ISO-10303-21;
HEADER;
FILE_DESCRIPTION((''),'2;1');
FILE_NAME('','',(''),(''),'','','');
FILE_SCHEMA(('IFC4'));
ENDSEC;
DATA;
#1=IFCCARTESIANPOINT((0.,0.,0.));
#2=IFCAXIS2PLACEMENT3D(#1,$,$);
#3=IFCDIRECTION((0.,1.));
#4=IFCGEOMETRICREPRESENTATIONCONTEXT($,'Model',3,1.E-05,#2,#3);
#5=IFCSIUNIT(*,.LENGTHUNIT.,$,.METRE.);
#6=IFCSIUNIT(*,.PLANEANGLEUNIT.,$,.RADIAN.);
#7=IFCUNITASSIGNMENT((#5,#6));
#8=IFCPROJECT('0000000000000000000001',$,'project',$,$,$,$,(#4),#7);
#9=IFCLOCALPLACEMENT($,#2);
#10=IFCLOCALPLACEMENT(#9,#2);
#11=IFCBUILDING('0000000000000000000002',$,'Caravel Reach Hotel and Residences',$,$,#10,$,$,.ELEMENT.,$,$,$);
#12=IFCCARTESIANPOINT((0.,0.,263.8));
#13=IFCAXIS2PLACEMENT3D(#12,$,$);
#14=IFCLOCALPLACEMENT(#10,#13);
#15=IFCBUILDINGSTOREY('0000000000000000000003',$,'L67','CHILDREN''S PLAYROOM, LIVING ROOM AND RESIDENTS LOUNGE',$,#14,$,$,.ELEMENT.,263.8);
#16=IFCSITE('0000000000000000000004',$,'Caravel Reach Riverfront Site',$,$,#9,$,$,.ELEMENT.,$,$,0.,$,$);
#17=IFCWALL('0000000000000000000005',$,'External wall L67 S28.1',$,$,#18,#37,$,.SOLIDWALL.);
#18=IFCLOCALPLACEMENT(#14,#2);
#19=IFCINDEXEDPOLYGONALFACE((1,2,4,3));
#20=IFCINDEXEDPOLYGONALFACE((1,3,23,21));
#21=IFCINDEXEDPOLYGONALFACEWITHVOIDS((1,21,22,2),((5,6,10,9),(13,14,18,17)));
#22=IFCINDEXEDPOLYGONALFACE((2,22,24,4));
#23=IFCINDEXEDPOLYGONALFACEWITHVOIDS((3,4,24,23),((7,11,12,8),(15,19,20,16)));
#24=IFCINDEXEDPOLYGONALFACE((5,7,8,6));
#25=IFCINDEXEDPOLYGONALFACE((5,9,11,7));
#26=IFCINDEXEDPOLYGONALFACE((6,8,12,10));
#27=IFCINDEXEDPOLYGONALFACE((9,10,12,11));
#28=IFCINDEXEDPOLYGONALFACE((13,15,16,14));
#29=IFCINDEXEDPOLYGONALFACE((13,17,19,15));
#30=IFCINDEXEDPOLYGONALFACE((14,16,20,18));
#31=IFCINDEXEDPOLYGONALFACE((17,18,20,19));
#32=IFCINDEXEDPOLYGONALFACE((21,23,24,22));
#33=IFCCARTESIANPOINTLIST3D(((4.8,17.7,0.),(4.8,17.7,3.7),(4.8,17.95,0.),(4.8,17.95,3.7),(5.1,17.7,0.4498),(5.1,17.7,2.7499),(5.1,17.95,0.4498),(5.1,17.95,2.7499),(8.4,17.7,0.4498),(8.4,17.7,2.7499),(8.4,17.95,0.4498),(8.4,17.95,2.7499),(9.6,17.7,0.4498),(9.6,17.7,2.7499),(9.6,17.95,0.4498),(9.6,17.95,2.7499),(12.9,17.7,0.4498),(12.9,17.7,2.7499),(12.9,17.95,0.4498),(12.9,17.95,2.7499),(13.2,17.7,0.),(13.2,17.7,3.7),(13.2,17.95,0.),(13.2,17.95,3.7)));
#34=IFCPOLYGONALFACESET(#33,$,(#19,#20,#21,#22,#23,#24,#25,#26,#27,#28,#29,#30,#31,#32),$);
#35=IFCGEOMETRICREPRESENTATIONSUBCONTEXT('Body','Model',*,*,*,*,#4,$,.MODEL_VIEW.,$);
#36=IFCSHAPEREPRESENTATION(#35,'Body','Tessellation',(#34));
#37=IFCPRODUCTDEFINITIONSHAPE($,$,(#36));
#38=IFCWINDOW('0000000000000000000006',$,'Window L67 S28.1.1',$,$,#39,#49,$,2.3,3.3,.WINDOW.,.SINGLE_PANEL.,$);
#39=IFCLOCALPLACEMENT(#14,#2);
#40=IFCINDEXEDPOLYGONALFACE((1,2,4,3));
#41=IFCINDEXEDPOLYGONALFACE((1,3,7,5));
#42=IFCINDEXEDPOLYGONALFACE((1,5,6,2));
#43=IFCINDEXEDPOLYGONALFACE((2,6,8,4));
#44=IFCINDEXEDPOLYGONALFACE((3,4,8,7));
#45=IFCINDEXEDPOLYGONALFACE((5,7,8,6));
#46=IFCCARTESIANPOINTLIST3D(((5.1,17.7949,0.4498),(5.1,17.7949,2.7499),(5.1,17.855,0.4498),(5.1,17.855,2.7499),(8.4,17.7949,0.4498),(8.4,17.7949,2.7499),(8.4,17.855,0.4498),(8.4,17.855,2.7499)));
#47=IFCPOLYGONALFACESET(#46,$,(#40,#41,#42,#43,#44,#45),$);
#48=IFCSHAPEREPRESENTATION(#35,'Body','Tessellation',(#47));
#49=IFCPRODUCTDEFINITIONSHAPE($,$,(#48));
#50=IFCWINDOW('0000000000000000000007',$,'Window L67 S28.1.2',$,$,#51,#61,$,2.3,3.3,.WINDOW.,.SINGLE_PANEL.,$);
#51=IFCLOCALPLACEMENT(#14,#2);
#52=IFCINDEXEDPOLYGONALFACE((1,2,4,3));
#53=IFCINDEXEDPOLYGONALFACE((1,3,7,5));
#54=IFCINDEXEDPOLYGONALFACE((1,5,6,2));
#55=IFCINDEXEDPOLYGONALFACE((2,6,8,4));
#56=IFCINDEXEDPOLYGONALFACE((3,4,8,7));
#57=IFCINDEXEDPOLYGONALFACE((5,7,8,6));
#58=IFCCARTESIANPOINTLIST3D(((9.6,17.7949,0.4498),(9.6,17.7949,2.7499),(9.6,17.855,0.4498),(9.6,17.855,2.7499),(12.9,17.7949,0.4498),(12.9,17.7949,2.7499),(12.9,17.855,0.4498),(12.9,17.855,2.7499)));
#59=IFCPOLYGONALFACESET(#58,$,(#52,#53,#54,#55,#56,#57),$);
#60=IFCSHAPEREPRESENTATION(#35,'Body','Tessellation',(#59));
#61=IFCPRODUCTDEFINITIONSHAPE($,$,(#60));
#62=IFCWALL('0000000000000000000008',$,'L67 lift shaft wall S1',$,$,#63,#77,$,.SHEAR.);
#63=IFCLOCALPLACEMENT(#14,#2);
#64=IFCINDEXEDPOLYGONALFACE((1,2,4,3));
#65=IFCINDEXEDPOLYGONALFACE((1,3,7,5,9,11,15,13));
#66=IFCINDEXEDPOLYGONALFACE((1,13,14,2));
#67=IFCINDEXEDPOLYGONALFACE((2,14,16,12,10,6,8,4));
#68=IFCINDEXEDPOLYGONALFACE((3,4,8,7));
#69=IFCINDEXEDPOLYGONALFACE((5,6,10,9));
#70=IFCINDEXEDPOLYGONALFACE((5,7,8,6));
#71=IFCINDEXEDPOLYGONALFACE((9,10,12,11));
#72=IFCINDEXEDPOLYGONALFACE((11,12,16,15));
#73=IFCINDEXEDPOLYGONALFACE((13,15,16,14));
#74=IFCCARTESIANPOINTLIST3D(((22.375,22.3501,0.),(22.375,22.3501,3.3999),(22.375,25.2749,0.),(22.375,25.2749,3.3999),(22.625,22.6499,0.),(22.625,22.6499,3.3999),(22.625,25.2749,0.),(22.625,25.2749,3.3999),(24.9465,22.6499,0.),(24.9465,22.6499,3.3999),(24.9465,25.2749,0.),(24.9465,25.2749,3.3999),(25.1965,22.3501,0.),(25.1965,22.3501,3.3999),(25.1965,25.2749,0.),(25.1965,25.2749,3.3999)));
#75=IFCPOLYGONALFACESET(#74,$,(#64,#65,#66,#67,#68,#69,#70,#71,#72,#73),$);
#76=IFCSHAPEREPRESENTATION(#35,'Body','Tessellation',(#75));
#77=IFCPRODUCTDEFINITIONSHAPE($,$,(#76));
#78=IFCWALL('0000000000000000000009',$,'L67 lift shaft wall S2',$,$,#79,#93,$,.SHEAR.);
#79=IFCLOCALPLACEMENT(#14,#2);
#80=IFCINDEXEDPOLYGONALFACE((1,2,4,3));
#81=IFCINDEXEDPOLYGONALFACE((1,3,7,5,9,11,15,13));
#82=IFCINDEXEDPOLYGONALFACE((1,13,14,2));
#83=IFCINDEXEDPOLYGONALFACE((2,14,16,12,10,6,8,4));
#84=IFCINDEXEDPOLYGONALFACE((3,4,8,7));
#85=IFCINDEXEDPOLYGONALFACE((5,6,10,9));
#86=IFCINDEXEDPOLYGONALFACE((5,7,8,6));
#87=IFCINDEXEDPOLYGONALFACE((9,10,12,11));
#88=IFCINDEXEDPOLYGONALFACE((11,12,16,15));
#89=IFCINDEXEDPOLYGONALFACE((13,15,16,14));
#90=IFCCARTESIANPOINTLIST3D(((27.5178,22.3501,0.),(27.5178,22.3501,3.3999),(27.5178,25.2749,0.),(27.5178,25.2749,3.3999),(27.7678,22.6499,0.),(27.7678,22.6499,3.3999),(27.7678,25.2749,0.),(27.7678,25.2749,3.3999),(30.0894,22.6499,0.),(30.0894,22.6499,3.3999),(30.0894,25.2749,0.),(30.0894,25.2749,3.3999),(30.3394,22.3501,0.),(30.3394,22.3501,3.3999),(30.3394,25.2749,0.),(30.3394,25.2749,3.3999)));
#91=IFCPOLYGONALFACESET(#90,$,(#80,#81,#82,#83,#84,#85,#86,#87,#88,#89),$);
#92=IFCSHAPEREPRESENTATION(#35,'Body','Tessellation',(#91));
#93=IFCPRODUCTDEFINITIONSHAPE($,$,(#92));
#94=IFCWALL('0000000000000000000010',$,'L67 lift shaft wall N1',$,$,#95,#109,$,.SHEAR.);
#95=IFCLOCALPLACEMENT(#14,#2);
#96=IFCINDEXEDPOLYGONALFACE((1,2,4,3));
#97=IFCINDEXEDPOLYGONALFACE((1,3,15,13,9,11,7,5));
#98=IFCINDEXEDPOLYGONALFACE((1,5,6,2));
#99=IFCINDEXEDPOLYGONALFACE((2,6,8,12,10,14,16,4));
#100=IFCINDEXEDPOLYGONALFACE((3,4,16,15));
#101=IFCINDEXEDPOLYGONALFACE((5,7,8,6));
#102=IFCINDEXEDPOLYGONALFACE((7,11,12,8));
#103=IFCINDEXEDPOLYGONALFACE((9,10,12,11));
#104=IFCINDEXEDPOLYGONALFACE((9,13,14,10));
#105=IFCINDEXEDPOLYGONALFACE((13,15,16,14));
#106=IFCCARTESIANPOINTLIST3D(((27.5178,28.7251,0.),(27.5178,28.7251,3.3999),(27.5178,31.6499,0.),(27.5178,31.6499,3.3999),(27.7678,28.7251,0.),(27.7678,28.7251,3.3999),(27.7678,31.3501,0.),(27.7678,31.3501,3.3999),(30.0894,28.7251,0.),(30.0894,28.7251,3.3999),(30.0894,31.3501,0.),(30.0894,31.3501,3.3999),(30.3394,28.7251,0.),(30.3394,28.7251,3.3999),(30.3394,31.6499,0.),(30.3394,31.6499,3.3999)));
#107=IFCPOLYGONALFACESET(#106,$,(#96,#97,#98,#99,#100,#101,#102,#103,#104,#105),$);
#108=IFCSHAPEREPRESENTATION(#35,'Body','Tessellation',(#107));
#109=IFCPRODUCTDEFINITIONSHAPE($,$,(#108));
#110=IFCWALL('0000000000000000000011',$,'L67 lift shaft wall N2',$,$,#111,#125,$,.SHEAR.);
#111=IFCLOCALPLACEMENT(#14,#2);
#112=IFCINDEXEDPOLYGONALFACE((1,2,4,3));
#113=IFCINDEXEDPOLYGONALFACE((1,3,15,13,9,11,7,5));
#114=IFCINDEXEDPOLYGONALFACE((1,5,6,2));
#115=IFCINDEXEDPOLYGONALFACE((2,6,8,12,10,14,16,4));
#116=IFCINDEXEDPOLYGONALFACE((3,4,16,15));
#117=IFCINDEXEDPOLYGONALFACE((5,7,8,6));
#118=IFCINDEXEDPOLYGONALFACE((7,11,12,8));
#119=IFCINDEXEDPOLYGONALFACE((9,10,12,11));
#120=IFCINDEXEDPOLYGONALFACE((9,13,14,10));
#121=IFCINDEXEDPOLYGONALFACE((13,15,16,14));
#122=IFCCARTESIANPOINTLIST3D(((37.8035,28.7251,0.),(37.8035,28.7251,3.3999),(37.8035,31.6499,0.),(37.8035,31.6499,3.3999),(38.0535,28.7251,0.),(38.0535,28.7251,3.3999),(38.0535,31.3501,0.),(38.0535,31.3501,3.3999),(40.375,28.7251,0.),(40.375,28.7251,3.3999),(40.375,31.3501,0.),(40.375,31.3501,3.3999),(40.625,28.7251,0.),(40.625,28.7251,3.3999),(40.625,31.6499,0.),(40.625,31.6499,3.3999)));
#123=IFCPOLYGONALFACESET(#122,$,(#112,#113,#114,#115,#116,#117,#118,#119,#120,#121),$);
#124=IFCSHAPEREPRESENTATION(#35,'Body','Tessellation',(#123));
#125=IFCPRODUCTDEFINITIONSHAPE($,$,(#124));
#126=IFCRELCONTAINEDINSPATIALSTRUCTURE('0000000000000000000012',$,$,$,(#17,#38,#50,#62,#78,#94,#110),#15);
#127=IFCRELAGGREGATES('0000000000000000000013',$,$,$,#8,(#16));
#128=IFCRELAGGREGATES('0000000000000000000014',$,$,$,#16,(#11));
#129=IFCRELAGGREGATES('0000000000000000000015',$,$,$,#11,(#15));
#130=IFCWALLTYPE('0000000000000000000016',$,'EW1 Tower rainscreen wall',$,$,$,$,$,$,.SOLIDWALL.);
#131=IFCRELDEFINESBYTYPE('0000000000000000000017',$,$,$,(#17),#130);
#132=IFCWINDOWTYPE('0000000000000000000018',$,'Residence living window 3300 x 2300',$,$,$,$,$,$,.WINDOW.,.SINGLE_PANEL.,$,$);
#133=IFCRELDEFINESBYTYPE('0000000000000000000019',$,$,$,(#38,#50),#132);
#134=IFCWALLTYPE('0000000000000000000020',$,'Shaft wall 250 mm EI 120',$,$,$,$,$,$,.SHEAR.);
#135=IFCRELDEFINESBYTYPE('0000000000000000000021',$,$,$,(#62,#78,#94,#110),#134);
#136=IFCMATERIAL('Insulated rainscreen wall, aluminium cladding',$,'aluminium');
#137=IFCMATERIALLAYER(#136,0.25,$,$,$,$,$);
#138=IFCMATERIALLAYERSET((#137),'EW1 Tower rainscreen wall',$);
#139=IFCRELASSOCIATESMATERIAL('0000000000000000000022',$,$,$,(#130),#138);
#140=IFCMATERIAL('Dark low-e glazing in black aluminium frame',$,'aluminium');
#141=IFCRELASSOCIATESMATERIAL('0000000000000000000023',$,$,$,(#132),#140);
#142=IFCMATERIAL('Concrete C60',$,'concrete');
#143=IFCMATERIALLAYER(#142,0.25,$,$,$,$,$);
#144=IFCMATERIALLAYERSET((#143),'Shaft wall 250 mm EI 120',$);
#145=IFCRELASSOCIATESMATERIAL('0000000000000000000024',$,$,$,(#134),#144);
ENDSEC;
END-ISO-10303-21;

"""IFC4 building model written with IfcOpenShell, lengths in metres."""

from ifc_helpers import new_model, si_unit, direction, frame, frame_2d, origin, place, context, subcontext, project, spatial, polyline, rectangle, outline, extrude, material, layer, layer_set, type_object, element, fill, save


model = new_model("IFC4")

# Units and contexts
model_context = context("Model", 3, precision=1e-05, world=origin(), true_north=direction((0.0, 1.0)))
body_context = subcontext(model_context, "Body", "Model", "MODEL_VIEW")
ifc_project = project(units=[si_unit("LENGTHUNIT", "METRE"), si_unit("PLANEANGLEUNIT", "RADIAN")], contexts=[model_context])

# Site, building, storey
site_placement = place(None, origin())
site = spatial("IfcSite", under=ifc_project, at=site_placement, Name="Caravel Reach Riverfront Site", CompositionType="ELEMENT", RefElevation=0.0)
building_placement = place(site_placement, origin())
building = spatial("IfcBuilding", under=site, at=building_placement, Name="Caravel Reach Hotel and Residences", CompositionType="ELEMENT")
storey_placement = place(building_placement, frame((0.0, 0.0, 263.8)))
storey = spatial("IfcBuildingStorey", under=building, at=storey_placement, Name="L67", Description="CHILDREN'S PLAYROOM, LIVING ROOM AND RESIDENTS LOUNGE", CompositionType="ELEMENT", Elevation=263.8)

# Wall, openings, windows
ifc_material_1 = material(Name="Insulated rainscreen wall, aluminium cladding", Category="aluminium")
ifc_layer_1 = layer(ifc_material_1, 0.25)
ifc_layer_set_1 = layer_set([ifc_layer_1], Name="EW1 Tower rainscreen wall")
wall_type_1 = type_object("IfcWallType", Name="EW1 Tower rainscreen wall", PredefinedType="SOLIDWALL", material=ifc_layer_set_1)
wall_1_placement = place(storey_placement, frame((4.8, 17.825, 0.0), z_axis=(0.0, 0.0, 1.0), x_axis=(1.0, 0.0, 0.0)))
wall_1 = element("IfcWall", 1, at=wall_1_placement, inside=storey, type_object=wall_type_1, Name="External wall L67 S28.1", PredefinedType="SOLIDWALL", context=body_context, shape_type="SweptSolid", body=[
    extrude(rectangle(XDim=8.3999, YDim=0.25, at=frame_2d((4.2, 0.0))), origin(), (0.0, 0.0, 1.0), 3.7),
])
opening_1_placement = place(wall_1_placement, frame((0.3, 0.0, 0.45)))
opening_1 = element("IfcOpeningElement", 2, at=opening_1_placement, cuts=wall_1, PredefinedType="OPENING", context=body_context, shape_type="SweptSolid", body=[
    extrude(rectangle(XDim=3.3, YDim=2.3, at=frame_2d((1.6499, 1.1499))), frame((0.0, 0.135, 0.0), z_axis=(0.0, -1.0, 0.0), x_axis=(1.0, 0.0, 0.0)), (0.0, 0.0, 1.0), 0.27),
])
opening_2_placement = place(wall_1_placement, frame((4.8, 0.0, 0.45)))
opening_2 = element("IfcOpeningElement", 3, at=opening_2_placement, cuts=wall_1, PredefinedType="OPENING", context=body_context, shape_type="SweptSolid", body=[
    extrude(rectangle(XDim=3.3, YDim=2.3, at=frame_2d((1.6499, 1.1499))), frame((0.0, 0.135, 0.0), z_axis=(0.0, -1.0, 0.0), x_axis=(1.0, 0.0, 0.0)), (0.0, 0.0, 1.0), 0.27),
])
ifc_material_2 = material(Name="Dark low-e glazing in black aluminium frame", Category="aluminium")
window_type = type_object("IfcWindowType", Name="Residence living window 3300 x 2300", PartitioningType="SINGLE_PANEL", PredefinedType="WINDOW", material=ifc_material_2)
window_1_placement = place(opening_1_placement, origin())
window_1 = element("IfcWindow", 4, at=window_1_placement, inside=storey, type_object=window_type, Name="Window L67 S28.1.1", OverallHeight=2.3, OverallWidth=3.3, PartitioningType="SINGLE_PANEL", PredefinedType="WINDOW", context=body_context, shape_type="SweptSolid", body=[
    extrude(rectangle(XDim=3.3, YDim=2.3, at=frame_2d((1.6499, 1.1499))), frame((0.0, 0.03, 0.0), z_axis=(0.0, -1.0, 0.0), x_axis=(1.0, 0.0, 0.0)), (0.0, 0.0, 1.0), 0.0601),
])
fill(opening_1, window_1)
window_2_placement = place(opening_2_placement, origin())
window_2 = element("IfcWindow", 5, at=window_2_placement, inside=storey, type_object=window_type, Name="Window L67 S28.1.2", OverallHeight=2.3, OverallWidth=3.3, PartitioningType="SINGLE_PANEL", PredefinedType="WINDOW", context=body_context, shape_type="SweptSolid", body=[
    extrude(rectangle(XDim=3.3, YDim=2.3, at=frame_2d((1.6499, 1.1499))), frame((0.0, 0.03, 0.0), z_axis=(0.0, -1.0, 0.0), x_axis=(1.0, 0.0, 0.0)), (0.0, 0.0, 1.0), 0.0601),
])
fill(opening_2, window_2)

# Walls
ifc_material_3 = material(Name="Concrete C60", Category="concrete")
ifc_layer_2 = layer(ifc_material_3, 0.25)
ifc_layer_set_2 = layer_set([ifc_layer_2], Name="Shaft wall 250 mm EI 120")
wall_type_2 = type_object("IfcWallType", Name="Shaft wall 250 mm EI 120", PredefinedType="SHEAR", material=ifc_layer_set_2)
wall_2_placement = place(storey_placement, origin())
element("IfcWall", 6, at=wall_2_placement, inside=storey, type_object=wall_type_2, Name="L67 lift shaft wall S1", PredefinedType="SHEAR", context=body_context, shape_type="SweptSolid", body=[
    extrude(outline(polyline([(22.375, 22.3501), (25.1965, 22.3501), (25.1965, 25.2749), (24.9465, 25.2749), (24.9465, 22.6499), (22.625, 22.6499), (22.625, 25.2749), (22.375, 25.2749), (22.375, 22.3501)])), origin(), (0.0, 0.0, 1.0), 3.3999),
])
wall_3_placement = place(storey_placement, origin())
element("IfcWall", 7, at=wall_3_placement, inside=storey, type_object=wall_type_2, Name="L67 lift shaft wall S2", PredefinedType="SHEAR", context=body_context, shape_type="SweptSolid", body=[
    extrude(outline(polyline([(27.5178, 22.3501), (30.3394, 22.3501), (30.3394, 25.2749), (30.0894, 25.2749), (30.0894, 22.6499), (27.7678, 22.6499), (27.7678, 25.2749), (27.5178, 25.2749), (27.5178, 22.3501)])), origin(), (0.0, 0.0, 1.0), 3.3999),
])
wall_4_placement = place(storey_placement, origin())
element("IfcWall", 8, at=wall_4_placement, inside=storey, type_object=wall_type_2, Name="L67 lift shaft wall N1", PredefinedType="SHEAR", context=body_context, shape_type="SweptSolid", body=[
    extrude(outline(polyline([(27.5178, 28.7251), (27.7678, 28.7251), (27.7678, 31.3501), (30.0894, 31.3501), (30.0894, 28.7251), (30.3394, 28.7251), (30.3394, 31.6499), (27.5178, 31.6499), (27.5178, 28.7251)])), origin(), (0.0, 0.0, 1.0), 3.3999),
])
wall_5_placement = place(storey_placement, origin())
element("IfcWall", 9, at=wall_5_placement, inside=storey, type_object=wall_type_2, Name="L67 lift shaft wall N2", PredefinedType="SHEAR", context=body_context, shape_type="SweptSolid", body=[
    extrude(outline(polyline([(37.8035, 28.7251), (38.0535, 28.7251), (38.0535, 31.3501), (40.375, 31.3501), (40.375, 28.7251), (40.625, 28.7251), (40.625, 31.6499), (37.8035, 31.6499), (37.8035, 28.7251)])), origin(), (0.0, 0.0, 1.0), 3.3999),
])

save(model, "model.ifc")
